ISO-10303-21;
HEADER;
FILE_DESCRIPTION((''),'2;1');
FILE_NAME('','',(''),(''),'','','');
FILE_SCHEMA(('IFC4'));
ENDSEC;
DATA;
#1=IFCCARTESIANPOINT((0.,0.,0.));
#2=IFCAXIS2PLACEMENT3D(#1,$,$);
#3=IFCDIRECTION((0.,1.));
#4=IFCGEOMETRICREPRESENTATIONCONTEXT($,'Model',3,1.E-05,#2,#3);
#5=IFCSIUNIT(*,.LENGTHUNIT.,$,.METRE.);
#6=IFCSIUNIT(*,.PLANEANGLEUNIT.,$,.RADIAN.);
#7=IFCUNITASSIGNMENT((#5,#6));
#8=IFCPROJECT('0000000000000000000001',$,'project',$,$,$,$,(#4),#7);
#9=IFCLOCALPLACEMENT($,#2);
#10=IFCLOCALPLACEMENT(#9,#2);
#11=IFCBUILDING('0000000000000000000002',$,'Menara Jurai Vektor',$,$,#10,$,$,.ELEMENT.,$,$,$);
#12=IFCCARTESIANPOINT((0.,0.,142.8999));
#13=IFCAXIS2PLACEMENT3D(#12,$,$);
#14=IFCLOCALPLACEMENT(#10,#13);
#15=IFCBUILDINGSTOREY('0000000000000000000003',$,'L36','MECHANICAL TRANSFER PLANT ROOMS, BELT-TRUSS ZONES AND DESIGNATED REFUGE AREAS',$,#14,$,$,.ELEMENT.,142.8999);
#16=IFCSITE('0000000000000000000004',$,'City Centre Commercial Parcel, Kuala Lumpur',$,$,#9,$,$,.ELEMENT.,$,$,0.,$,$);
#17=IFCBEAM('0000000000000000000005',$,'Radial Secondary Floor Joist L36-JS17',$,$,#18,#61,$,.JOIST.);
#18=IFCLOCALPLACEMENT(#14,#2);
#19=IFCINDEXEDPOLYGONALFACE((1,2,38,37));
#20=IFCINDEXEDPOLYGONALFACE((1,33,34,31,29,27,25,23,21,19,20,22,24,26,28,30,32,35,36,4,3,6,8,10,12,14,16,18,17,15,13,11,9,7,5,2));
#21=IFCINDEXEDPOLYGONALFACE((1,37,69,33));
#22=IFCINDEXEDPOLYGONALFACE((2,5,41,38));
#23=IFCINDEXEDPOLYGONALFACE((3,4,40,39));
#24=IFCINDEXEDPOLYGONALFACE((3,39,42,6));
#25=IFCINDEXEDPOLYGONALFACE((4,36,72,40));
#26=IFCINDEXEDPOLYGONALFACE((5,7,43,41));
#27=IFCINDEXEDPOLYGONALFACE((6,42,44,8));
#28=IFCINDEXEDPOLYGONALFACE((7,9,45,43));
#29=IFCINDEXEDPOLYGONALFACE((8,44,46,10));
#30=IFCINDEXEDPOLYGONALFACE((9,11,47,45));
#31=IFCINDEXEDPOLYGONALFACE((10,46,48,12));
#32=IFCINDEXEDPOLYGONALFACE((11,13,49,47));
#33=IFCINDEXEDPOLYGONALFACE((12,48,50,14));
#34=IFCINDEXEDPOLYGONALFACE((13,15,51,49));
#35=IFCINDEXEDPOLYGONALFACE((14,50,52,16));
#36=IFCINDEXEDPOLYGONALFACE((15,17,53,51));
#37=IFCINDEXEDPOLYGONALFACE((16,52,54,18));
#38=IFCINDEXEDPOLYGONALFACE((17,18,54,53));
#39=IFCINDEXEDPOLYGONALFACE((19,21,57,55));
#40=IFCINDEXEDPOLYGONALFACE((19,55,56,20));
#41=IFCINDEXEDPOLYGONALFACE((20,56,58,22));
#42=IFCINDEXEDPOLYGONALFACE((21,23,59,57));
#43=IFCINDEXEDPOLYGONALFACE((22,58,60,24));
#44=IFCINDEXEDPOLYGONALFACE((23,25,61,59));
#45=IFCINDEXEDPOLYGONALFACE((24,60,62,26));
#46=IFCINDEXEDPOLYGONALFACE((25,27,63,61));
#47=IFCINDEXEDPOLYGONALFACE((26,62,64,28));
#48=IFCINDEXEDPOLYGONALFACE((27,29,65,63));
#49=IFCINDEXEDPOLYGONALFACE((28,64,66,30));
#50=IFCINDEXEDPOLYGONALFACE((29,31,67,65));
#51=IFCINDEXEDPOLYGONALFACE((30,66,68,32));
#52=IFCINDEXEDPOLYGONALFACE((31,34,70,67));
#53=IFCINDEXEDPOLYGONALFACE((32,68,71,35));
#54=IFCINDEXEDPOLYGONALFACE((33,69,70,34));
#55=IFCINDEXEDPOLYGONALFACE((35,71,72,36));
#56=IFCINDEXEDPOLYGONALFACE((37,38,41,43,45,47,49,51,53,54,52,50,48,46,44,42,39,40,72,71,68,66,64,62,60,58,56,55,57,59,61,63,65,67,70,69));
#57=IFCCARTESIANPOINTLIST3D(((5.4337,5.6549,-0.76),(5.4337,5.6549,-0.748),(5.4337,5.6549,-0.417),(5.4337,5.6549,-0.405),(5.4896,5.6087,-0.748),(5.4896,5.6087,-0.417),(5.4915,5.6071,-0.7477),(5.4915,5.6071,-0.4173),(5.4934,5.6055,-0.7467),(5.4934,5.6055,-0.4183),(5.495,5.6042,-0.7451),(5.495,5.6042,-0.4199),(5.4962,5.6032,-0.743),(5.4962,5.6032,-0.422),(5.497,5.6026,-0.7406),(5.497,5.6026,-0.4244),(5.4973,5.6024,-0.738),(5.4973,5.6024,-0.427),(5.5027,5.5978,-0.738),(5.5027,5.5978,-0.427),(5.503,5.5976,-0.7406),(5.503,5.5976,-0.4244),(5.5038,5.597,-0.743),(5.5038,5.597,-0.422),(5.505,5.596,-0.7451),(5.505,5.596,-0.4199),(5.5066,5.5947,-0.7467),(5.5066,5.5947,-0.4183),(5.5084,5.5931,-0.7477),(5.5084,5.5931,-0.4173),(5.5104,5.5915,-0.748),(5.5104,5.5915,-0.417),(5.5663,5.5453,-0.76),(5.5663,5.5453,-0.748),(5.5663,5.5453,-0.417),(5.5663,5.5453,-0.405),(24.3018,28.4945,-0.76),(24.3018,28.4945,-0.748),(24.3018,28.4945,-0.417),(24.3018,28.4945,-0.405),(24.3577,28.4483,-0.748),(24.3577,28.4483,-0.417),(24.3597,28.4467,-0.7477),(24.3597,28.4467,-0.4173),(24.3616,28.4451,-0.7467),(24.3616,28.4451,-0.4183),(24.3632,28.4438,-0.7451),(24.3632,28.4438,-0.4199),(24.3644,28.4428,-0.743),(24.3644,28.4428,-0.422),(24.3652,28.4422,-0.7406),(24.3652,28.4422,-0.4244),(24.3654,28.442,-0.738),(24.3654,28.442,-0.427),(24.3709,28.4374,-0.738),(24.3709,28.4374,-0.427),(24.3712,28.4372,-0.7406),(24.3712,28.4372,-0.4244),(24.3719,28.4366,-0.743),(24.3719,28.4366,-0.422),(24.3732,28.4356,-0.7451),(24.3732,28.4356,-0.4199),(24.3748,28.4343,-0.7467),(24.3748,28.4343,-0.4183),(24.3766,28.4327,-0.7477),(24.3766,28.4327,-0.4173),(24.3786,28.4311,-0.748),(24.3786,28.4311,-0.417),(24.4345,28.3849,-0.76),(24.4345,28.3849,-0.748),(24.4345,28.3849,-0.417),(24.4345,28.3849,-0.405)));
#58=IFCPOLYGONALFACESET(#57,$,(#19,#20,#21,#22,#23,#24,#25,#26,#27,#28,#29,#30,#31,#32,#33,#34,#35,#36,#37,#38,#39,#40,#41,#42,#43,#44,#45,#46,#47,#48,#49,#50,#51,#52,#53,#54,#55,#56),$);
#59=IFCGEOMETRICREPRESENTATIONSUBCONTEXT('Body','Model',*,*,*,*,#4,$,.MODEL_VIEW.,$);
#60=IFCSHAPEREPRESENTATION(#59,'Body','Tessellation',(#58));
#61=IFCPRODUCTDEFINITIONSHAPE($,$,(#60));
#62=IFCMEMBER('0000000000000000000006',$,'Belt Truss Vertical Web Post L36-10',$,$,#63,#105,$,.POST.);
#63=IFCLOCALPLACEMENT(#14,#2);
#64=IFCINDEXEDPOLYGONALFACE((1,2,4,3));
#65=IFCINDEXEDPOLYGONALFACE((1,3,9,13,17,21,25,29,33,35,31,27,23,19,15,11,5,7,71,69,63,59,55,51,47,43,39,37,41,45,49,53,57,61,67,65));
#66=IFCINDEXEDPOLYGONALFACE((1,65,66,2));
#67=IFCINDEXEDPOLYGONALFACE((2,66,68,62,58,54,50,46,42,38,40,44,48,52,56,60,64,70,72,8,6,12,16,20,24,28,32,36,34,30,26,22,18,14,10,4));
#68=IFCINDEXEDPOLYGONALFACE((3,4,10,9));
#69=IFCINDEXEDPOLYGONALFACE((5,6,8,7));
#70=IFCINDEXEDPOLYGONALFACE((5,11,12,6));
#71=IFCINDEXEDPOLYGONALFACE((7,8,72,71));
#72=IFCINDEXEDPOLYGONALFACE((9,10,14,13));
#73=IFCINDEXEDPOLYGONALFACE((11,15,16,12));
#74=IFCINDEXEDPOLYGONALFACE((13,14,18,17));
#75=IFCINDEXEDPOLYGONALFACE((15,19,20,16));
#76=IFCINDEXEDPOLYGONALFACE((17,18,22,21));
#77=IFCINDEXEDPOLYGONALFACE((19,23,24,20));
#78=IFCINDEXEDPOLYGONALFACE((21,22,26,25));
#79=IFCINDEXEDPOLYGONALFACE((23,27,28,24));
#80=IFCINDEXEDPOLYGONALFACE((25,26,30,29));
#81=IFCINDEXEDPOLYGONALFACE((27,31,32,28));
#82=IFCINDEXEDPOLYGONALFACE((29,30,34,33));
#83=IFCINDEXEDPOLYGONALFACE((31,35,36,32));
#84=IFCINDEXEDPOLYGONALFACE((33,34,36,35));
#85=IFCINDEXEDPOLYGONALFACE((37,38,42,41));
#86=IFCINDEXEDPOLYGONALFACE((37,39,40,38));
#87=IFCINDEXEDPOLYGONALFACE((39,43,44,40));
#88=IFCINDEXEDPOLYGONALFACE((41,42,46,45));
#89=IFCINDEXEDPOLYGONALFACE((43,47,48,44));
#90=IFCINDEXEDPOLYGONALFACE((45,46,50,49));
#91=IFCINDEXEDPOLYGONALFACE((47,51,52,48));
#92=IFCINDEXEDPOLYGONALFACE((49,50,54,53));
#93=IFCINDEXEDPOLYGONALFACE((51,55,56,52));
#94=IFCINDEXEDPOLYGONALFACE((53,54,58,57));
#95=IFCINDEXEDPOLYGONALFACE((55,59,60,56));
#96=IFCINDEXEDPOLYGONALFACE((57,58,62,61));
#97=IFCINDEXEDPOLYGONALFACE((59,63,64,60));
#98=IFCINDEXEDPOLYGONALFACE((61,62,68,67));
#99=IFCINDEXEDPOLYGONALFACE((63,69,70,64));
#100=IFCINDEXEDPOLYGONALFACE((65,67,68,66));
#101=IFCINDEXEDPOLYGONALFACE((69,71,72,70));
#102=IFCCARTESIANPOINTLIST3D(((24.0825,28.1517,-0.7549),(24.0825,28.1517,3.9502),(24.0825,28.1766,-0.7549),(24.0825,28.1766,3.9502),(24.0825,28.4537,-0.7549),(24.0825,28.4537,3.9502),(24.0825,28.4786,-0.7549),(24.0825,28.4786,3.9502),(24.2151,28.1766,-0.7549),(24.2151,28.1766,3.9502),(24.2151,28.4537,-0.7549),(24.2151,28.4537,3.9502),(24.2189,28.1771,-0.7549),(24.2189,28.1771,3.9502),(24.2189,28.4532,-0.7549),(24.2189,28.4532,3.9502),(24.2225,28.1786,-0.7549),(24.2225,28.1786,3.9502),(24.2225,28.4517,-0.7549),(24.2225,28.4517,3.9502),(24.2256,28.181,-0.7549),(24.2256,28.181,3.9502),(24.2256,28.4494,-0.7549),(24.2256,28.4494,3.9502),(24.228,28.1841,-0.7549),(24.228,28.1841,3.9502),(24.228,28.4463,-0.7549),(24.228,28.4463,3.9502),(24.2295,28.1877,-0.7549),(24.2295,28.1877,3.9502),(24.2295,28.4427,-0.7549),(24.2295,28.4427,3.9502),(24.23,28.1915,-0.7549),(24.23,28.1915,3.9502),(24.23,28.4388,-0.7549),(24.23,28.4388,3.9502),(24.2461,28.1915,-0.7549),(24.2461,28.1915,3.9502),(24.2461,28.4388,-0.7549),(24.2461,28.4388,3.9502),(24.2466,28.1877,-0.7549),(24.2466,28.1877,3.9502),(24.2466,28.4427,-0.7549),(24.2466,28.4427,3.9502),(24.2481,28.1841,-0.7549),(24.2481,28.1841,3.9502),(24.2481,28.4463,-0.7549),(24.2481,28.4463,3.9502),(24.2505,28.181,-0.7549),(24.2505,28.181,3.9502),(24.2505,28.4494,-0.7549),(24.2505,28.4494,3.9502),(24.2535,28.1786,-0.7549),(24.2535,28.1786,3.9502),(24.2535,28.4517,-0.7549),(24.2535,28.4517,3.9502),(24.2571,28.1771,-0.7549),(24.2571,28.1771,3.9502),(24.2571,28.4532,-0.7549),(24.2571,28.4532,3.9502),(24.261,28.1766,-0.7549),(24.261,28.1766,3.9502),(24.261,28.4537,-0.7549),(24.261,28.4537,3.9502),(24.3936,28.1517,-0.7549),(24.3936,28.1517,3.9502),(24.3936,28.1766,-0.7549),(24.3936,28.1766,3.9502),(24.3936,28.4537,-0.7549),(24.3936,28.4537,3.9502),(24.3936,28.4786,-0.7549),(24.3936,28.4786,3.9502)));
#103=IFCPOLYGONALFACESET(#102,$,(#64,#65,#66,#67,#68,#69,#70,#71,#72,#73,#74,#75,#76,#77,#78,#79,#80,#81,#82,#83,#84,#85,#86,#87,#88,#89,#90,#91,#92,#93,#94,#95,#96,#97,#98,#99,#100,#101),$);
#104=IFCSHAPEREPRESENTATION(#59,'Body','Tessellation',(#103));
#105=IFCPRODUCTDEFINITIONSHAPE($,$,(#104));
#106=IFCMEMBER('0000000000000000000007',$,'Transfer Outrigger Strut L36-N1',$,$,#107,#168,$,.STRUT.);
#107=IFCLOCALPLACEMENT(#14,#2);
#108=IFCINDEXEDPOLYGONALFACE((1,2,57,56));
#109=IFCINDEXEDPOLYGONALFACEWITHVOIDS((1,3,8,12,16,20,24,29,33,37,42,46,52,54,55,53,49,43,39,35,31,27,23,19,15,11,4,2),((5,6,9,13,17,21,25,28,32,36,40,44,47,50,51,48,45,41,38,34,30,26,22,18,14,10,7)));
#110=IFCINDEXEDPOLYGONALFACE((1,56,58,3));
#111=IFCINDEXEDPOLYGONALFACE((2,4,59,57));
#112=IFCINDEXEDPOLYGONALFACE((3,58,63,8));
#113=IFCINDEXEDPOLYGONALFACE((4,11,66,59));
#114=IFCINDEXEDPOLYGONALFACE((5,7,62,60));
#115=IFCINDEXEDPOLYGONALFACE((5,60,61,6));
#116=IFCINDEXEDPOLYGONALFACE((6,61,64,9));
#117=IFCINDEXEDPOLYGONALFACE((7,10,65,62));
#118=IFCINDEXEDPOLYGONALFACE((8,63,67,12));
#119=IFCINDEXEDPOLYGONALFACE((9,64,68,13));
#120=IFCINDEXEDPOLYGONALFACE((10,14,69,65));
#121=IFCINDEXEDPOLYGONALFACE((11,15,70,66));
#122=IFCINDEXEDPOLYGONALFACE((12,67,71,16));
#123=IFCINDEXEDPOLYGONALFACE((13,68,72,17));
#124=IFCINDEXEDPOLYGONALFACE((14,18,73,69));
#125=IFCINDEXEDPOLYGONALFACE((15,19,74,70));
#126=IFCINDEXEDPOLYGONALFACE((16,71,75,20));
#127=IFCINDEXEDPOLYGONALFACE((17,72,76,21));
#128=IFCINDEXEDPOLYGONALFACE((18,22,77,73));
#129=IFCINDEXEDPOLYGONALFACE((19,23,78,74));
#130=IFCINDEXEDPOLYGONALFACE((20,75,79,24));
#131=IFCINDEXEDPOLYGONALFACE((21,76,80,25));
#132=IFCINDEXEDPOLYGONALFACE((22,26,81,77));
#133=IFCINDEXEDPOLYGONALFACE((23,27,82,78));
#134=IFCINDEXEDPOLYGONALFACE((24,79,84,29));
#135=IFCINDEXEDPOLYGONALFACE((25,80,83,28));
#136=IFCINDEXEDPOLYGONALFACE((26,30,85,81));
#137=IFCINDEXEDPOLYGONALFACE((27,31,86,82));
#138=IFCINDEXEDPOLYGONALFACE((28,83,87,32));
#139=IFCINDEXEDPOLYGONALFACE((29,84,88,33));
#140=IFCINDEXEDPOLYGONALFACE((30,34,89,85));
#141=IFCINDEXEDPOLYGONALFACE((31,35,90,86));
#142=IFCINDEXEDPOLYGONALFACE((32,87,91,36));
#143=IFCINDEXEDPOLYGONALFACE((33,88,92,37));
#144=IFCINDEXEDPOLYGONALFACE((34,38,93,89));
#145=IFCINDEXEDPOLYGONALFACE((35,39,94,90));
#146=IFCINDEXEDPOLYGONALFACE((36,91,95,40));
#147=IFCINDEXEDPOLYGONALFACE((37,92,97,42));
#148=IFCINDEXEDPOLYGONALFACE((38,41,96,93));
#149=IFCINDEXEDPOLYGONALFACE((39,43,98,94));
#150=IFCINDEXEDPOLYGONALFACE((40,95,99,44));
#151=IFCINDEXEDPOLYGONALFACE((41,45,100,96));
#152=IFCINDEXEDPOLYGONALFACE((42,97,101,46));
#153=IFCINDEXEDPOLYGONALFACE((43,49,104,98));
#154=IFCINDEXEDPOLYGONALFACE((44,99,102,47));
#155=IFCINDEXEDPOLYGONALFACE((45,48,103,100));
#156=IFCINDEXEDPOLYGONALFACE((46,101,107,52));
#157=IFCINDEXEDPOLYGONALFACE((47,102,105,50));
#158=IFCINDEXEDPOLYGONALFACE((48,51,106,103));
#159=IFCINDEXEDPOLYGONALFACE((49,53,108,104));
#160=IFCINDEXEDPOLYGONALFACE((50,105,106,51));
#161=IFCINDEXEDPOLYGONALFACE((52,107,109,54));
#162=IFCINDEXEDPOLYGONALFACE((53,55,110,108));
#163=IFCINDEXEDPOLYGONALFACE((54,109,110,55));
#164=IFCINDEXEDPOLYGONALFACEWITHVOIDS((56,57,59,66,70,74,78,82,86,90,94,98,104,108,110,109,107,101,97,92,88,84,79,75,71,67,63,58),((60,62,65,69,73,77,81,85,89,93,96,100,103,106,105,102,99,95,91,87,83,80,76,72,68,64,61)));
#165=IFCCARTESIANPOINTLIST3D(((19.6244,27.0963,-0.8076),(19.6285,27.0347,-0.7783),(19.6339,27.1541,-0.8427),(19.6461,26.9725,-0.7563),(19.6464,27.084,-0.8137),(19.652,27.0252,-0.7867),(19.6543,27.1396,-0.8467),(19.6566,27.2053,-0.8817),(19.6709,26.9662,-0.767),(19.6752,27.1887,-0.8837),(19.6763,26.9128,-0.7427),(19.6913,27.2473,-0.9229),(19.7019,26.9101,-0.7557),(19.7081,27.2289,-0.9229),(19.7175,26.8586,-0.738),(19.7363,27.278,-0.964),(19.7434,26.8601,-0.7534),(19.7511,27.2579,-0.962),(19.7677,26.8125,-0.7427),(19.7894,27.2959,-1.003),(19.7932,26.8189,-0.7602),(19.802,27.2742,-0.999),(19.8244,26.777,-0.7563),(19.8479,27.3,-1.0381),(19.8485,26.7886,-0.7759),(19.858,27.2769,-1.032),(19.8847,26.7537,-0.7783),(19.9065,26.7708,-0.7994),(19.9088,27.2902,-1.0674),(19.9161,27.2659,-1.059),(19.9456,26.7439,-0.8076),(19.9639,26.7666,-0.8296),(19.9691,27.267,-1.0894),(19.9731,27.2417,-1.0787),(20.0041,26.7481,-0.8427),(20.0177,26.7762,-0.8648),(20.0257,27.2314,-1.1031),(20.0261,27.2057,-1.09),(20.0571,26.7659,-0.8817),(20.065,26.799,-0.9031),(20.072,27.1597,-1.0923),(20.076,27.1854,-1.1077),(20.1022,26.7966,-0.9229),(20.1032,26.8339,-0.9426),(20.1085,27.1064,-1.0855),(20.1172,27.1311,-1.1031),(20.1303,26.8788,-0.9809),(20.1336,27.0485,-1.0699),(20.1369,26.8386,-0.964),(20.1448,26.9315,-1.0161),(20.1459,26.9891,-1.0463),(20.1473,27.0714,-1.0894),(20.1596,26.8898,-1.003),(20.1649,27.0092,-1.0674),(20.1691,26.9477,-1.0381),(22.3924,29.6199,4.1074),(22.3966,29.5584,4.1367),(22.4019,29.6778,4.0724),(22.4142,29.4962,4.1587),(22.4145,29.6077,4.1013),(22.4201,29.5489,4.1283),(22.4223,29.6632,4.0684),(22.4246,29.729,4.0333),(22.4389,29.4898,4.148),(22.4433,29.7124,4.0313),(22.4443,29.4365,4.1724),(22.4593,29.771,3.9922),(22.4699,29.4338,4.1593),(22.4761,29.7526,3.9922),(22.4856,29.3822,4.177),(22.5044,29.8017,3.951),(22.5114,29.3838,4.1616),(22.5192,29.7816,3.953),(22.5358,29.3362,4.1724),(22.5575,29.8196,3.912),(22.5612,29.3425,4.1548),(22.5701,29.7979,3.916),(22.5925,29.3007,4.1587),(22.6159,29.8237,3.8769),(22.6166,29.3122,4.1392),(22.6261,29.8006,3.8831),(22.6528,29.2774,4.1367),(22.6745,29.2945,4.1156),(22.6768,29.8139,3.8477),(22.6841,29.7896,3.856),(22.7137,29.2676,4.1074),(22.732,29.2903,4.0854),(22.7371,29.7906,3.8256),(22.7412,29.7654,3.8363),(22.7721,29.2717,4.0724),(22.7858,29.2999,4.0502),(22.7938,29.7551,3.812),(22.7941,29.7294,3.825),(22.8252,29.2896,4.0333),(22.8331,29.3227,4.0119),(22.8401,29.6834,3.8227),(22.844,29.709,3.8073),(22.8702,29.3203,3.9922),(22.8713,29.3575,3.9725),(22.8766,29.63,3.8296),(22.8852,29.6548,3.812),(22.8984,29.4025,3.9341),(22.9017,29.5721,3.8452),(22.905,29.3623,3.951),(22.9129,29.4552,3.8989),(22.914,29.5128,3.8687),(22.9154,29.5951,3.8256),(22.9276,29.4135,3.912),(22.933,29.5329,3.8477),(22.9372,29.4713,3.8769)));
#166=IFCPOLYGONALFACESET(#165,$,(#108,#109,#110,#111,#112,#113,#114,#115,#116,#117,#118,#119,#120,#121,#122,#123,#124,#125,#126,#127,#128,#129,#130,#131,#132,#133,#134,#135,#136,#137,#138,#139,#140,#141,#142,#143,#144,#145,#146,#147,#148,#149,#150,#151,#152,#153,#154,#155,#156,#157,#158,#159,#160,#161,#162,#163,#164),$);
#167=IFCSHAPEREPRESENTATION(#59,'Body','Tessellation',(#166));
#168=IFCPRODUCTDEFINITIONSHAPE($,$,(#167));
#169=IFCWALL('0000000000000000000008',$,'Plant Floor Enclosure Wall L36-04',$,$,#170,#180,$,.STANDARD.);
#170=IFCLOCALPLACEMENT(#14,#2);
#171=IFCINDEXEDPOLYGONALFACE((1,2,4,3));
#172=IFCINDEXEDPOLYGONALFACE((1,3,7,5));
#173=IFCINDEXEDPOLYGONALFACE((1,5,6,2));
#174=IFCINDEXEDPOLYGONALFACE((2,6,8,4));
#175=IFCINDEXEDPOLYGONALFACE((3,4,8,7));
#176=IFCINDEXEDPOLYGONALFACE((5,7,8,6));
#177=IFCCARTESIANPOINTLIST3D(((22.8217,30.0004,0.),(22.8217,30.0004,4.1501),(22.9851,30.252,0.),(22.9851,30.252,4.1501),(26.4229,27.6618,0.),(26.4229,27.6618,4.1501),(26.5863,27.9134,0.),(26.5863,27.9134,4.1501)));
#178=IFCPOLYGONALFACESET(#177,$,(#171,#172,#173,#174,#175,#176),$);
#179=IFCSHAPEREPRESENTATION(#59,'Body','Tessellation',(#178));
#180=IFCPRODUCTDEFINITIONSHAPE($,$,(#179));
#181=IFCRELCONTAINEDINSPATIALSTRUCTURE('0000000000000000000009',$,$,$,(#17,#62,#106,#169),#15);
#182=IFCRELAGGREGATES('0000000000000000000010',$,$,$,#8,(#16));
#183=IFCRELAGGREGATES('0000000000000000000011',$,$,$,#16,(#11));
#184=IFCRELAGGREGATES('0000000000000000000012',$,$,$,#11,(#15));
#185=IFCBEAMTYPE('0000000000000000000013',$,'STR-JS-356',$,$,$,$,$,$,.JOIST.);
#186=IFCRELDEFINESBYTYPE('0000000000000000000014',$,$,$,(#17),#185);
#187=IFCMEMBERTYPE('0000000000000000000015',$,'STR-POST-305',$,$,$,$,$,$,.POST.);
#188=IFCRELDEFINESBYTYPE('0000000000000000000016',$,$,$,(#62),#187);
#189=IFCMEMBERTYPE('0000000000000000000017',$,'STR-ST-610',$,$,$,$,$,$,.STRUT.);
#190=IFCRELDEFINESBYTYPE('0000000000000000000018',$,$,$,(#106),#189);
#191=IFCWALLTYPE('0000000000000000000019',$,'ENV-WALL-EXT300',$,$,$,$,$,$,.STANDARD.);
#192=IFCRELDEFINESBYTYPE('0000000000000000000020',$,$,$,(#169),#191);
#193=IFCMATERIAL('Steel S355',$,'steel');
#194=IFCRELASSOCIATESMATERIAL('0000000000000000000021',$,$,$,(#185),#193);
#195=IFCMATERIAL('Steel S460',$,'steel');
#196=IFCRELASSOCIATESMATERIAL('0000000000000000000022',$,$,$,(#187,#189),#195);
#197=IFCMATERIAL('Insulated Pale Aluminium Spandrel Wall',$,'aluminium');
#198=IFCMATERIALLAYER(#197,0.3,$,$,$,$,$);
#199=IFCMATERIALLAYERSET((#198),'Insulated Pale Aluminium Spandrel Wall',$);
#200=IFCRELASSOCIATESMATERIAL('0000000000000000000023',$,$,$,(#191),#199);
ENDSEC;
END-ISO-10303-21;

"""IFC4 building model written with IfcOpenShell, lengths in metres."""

from ifc_helpers import new_model, si_unit, direction, frame, frame_2d, origin, origin_2d, place, context, subcontext, project, spatial, rectangle, hollow_circle, i_section, extrude, material, layer, layer_set, material_profile, profile_set, type_object, element, save


model = new_model("IFC4")

# Units and contexts
model_context = context("Model", 3, precision=1e-05, world=origin(), true_north=direction((0.0, 1.0)))
body_context = subcontext(model_context, "Body", "Model", "MODEL_VIEW")
ifc_project = project(units=[si_unit("LENGTHUNIT", "METRE"), si_unit("PLANEANGLEUNIT", "RADIAN")], contexts=[model_context])

# Site, building, storey
site_placement = place(None, origin())
site = spatial("IfcSite", under=ifc_project, at=site_placement, Name="City Centre Commercial Parcel, Kuala Lumpur", CompositionType="ELEMENT", RefElevation=0.0)
building_placement = place(site_placement, origin())
building = spatial("IfcBuilding", under=site, at=building_placement, Name="Menara Jurai Vektor", CompositionType="ELEMENT")
storey_placement = place(building_placement, frame((0.0, 0.0, 142.8999)))
storey = spatial("IfcBuildingStorey", under=building, at=storey_placement, Name="L36", Description="MECHANICAL TRANSFER PLANT ROOMS, BELT-TRUSS ZONES AND DESIGNATED REFUGE AREAS", CompositionType="ELEMENT", Elevation=142.8999)

# Shared definitions
ifc_material_1 = material(Name="Steel S460", Category="steel")

# Shared definitions
ifc_material_2 = material(Name="Steel S355", Category="steel")

# Beam
ifc_material_profile_1 = material_profile(ifc_material_2, i_section(OverallWidth=0.1721, OverallDepth=0.355, WebThickness=0.0071, FlangeThickness=0.012, FilletRadius=0.01, at=origin_2d()), Name="UKB 356x171x51")
ifc_profile_set_1 = profile_set([ifc_material_profile_1], Name="Steel S355")
beam_type_1 = type_object("IfcBeamType", Name="STR-JS-356", PredefinedType="JOIST", material=ifc_profile_set_1)
beam_1_placement = place(storey_placement, frame((24.3682, 28.4397, -0.5825), z_axis=(-0.636895, -0.770951, 0.0), x_axis=(0.770951, -0.636895, 0.0)))
element("IfcBeam", 1, at=beam_1_placement, inside=storey, type_object=beam_type_1, Name="Radial Secondary Floor Joist L36-JS17", PredefinedType="JOIST", context=body_context, shape_type="SweptSolid", body=[
    extrude(i_section(OverallWidth=0.1721, OverallDepth=0.355, WebThickness=0.0071, FlangeThickness=0.012, FilletRadius=0.01, at=origin_2d()), origin(), (0.0, 0.0, 1.0), 29.6252),
])

# Members
ifc_material_profile_2 = material_profile(ifc_material_1, i_section(OverallWidth=0.311, OverallDepth=0.3269, WebThickness=0.0161, FlangeThickness=0.0249, FilletRadius=0.0149, at=origin_2d()), Name="UKC 305x305x158")
ifc_profile_set_2 = profile_set([ifc_material_profile_2], Name="Steel S460")
member_type_1 = type_object("IfcMemberType", Name="STR-POST-305", PredefinedType="POST", material=ifc_profile_set_2)
member_1_placement = place(storey_placement, frame((24.238, 28.3152, -0.7549), z_axis=(0.0, 0.0, 1.0), x_axis=(1.0, 0.0, 0.0)))
element("IfcMember", 2, at=member_1_placement, inside=storey, type_object=member_type_1, Name="Belt Truss Vertical Web Post L36-10", PredefinedType="POST", context=body_context, shape_type="SweptSolid", body=[
    extrude(i_section(OverallWidth=0.311, OverallDepth=0.3269, WebThickness=0.0161, FlangeThickness=0.0249, FilletRadius=0.0149, at=origin_2d()), origin(), (0.0, 0.0, 1.0), 4.7051),
])
ifc_material_profile_3 = material_profile(ifc_material_1, hollow_circle(Radius=0.3049, WallThickness=0.0249, at=origin_2d()), Name="CHS 610x25")
ifc_profile_set_3 = profile_set([ifc_material_profile_3], Name="Steel S460")
member_type_2 = type_object("IfcMemberType", Name="STR-ST-610", PredefinedType="STRUT", material=ifc_profile_set_3)
member_2_placement = place(storey_placement, frame((19.8967, 27.022, -0.9229), z_axis=(0.447928, 0.408382, 0.795352), x_axis=(-0.673733, 0.738975, 0.0)))
element("IfcMember", 3, at=member_2_placement, inside=storey, type_object=member_type_2, Name="Transfer Outrigger Strut L36-N1", PredefinedType="STRUT", context=body_context, shape_type="SweptSolid", body=[
    extrude(hollow_circle(Radius=0.3049, WallThickness=0.0249, at=origin_2d()), origin(), (0.0, 0.0, 1.0), 6.1797),
])

# Wall
ifc_material_3 = material(Name="Insulated Pale Aluminium Spandrel Wall", Category="aluminium")
ifc_layer_1 = layer(ifc_material_3, 0.3)
ifc_layer_set_1 = layer_set([ifc_layer_1], Name="Insulated Pale Aluminium Spandrel Wall")
wall_type_1 = type_object("IfcWallType", Name="ENV-WALL-EXT300", PredefinedType="STANDARD", material=ifc_layer_set_1)
wall_1_placement = place(storey_placement, frame((26.5046, 27.7876, 0.0), z_axis=(0.0, 0.0, 1.0), x_axis=(-0.838681, 0.544623, 0.0)))
element("IfcWall", 4, at=wall_1_placement, inside=storey, type_object=wall_type_1, Name="Plant Floor Enclosure Wall L36-04", PredefinedType="STANDARD", context=body_context, shape_type="SweptSolid", body=[
    extrude(rectangle(XDim=4.2939, YDim=0.3, at=frame_2d((2.147, 0.0))), origin(), (0.0, 0.0, 1.0), 4.1501),
])

save(model, "model.ifc")
